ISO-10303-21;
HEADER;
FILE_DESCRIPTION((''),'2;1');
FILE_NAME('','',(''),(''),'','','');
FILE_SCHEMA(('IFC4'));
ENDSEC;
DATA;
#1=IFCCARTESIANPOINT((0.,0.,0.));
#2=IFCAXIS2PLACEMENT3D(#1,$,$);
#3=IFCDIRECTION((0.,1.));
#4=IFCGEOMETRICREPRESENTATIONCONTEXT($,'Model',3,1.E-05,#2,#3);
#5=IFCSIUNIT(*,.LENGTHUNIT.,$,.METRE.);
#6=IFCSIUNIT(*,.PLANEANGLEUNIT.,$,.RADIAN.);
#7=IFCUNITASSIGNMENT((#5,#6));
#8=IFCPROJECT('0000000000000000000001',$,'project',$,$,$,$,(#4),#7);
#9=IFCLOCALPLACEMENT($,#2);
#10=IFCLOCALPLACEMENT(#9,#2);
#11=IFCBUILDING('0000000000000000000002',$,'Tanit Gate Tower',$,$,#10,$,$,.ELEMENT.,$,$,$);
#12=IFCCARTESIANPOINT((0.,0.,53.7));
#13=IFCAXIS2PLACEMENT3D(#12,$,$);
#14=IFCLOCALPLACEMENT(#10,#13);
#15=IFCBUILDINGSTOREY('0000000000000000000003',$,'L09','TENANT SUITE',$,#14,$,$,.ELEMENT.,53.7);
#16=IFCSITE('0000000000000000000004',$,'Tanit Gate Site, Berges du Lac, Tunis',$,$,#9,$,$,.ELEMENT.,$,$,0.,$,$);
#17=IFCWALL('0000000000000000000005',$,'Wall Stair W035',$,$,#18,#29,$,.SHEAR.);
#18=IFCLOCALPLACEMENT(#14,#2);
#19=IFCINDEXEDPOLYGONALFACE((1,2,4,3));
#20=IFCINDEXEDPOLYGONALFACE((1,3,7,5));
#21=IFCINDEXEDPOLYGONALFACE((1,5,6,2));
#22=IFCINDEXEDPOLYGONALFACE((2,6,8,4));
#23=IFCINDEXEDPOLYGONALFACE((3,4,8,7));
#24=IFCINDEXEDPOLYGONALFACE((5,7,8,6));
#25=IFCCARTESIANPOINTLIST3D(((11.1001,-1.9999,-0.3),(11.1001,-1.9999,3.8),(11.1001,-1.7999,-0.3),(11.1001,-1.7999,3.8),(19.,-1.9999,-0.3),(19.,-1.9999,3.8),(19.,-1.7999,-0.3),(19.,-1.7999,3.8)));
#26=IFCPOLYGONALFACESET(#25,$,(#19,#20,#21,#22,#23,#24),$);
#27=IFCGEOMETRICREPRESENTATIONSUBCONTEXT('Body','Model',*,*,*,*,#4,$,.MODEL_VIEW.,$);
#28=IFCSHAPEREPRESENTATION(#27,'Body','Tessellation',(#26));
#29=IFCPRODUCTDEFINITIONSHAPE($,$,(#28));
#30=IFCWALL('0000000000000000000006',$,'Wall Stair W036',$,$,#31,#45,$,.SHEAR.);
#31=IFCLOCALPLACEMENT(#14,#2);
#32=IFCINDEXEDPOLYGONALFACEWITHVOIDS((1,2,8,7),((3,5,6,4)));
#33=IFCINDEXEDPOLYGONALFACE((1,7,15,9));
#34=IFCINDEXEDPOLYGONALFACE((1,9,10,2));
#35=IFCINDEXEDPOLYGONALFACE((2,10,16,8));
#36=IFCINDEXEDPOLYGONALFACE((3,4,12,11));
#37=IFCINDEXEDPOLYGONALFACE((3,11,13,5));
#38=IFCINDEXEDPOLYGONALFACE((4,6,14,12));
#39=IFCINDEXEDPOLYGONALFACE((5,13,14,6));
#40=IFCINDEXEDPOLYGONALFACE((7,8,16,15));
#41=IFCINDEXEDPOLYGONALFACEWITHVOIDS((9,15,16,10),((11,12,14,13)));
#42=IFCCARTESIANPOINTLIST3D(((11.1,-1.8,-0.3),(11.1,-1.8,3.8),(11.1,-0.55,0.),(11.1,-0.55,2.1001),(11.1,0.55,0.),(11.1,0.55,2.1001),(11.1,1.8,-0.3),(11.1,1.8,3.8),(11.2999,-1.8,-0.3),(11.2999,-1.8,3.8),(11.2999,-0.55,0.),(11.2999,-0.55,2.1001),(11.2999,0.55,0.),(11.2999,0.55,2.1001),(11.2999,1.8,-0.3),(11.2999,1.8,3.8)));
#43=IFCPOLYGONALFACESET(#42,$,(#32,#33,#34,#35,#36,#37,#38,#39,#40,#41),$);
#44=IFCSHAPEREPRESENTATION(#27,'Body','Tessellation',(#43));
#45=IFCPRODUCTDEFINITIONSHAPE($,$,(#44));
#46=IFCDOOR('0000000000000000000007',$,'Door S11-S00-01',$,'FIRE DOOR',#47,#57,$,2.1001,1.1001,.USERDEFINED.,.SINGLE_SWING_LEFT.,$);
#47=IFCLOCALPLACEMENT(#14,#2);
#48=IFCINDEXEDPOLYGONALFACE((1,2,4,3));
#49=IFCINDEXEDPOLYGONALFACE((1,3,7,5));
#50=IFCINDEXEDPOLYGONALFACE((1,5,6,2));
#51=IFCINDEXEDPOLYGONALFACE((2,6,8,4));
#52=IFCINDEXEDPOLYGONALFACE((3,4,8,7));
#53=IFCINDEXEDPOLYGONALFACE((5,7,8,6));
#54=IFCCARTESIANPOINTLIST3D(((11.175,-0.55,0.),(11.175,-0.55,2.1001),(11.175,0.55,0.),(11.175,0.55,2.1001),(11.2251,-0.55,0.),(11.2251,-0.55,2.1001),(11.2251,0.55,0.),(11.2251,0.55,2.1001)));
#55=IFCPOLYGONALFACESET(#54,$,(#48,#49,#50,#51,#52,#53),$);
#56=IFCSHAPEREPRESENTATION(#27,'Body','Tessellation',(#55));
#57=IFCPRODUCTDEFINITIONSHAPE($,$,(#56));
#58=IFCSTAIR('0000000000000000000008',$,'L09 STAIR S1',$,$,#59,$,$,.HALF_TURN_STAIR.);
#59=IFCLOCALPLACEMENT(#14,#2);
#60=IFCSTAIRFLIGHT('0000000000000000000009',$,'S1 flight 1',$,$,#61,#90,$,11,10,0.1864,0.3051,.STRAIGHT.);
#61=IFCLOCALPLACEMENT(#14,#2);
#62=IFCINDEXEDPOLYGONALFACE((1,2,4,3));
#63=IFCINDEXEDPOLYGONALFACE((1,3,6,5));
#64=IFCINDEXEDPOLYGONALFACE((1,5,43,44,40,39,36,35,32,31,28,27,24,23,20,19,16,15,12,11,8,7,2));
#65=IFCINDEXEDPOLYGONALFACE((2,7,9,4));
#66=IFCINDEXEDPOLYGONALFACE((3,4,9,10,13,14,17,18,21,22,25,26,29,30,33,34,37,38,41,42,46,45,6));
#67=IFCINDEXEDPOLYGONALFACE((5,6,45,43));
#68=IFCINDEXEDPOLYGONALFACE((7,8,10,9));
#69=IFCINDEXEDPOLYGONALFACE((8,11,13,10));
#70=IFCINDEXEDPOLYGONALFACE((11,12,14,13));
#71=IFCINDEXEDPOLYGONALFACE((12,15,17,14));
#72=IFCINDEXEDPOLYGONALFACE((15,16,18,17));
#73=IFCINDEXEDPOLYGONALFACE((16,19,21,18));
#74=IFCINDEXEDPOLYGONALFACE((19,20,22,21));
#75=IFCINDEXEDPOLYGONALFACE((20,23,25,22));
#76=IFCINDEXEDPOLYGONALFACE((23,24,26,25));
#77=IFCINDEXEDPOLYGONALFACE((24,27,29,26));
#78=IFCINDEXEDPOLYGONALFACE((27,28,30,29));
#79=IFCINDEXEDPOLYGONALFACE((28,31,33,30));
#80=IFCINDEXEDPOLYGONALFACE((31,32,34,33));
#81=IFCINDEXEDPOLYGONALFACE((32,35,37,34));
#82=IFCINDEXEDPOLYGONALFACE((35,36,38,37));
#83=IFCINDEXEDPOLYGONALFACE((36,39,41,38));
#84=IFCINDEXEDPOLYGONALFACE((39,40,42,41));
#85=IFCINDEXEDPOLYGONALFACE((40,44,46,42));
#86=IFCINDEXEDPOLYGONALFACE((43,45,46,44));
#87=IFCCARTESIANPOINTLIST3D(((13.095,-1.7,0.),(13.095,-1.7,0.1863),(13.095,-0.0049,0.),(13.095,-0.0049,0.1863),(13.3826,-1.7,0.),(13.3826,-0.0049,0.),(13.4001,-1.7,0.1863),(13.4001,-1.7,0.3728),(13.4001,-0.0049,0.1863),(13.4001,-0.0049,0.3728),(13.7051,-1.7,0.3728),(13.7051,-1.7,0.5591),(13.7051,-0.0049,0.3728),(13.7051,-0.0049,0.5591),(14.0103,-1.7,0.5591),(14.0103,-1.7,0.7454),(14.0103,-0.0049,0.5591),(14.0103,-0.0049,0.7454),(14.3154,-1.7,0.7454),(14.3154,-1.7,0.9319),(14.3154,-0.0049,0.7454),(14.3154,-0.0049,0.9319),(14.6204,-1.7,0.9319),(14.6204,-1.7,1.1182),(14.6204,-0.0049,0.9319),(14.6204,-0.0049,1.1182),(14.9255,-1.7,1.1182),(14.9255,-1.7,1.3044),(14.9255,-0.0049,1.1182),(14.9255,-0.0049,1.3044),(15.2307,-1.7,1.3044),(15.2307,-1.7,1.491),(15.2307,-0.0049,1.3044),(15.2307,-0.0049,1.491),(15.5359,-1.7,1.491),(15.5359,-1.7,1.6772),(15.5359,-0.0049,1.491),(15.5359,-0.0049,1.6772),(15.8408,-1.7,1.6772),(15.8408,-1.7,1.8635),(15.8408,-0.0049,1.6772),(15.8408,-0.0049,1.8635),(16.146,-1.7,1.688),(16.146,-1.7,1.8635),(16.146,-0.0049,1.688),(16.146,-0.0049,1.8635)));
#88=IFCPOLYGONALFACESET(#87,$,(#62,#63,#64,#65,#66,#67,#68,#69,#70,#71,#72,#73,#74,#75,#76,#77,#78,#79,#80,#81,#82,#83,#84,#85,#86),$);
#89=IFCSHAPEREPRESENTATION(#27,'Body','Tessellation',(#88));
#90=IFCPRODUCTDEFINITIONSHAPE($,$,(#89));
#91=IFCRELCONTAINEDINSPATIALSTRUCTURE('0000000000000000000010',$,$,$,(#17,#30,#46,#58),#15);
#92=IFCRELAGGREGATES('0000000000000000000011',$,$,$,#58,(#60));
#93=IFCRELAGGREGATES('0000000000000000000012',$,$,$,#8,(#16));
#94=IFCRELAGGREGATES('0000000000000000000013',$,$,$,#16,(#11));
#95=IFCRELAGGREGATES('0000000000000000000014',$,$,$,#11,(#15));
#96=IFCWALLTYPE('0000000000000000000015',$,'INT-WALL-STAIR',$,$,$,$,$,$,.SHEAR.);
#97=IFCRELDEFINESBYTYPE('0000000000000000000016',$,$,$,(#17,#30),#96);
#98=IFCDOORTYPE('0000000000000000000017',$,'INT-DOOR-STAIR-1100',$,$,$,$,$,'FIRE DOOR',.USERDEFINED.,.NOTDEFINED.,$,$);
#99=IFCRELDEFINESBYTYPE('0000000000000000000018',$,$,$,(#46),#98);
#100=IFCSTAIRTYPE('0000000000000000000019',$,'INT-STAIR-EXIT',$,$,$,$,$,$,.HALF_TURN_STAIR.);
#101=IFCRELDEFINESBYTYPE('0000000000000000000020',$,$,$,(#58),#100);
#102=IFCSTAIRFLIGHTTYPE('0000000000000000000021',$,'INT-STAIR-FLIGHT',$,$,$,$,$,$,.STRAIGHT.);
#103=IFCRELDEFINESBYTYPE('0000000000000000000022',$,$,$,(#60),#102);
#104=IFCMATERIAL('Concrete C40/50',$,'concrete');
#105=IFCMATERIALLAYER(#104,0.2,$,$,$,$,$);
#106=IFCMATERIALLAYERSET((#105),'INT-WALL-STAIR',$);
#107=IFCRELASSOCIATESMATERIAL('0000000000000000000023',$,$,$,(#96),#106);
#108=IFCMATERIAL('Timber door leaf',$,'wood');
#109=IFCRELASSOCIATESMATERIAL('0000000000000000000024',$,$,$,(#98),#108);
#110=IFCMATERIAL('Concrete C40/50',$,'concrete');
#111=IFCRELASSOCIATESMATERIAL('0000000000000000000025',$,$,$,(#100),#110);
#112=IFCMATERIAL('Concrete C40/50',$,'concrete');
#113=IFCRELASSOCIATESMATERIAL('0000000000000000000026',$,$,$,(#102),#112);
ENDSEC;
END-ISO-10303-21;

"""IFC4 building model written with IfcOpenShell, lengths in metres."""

from ifc_helpers import new_model, si_unit, direction, frame, frame_2d, origin, place, context, subcontext, project, spatial, polyline, rectangle, outline, extrude, material, layer, layer_set, type_object, element, fill, aggregate, save


model = new_model("IFC4")

# Units and contexts
model_context = context("Model", 3, precision=1e-05, world=origin(), true_north=direction((0.0, 1.0)))
body_context = subcontext(model_context, "Body", "Model", "MODEL_VIEW")
ifc_project = project(units=[si_unit("LENGTHUNIT", "METRE"), si_unit("PLANEANGLEUNIT", "RADIAN")], contexts=[model_context])

# Site, building, storey
site_placement = place(None, origin())
site = spatial("IfcSite", under=ifc_project, at=site_placement, Name="Tanit Gate Site, Berges du Lac, Tunis", CompositionType="ELEMENT", RefElevation=0.0)
building_placement = place(site_placement, origin())
building = spatial("IfcBuilding", under=site, at=building_placement, Name="Tanit Gate Tower", CompositionType="ELEMENT")
storey_placement = place(building_placement, frame((0.0, 0.0, 53.7)))
storey = spatial("IfcBuildingStorey", under=building, at=storey_placement, Name="L09", Description="TENANT SUITE", CompositionType="ELEMENT", Elevation=53.7)

# Wall
ifc_material_1 = material(Name="Concrete C40/50", Category="concrete")
ifc_layer_1 = layer(ifc_material_1, 0.2)
ifc_layer_set_1 = layer_set([ifc_layer_1], Name="INT-WALL-STAIR")
wall_type_1 = type_object("IfcWallType", Name="INT-WALL-STAIR", PredefinedType="SHEAR", material=ifc_layer_set_1)
wall_1_placement = place(storey_placement, frame((11.1001, -1.8999, -0.3), z_axis=(0.0, 0.0, 1.0), x_axis=(1.0, 0.0, 0.0)))
element("IfcWall", 1, at=wall_1_placement, inside=storey, type_object=wall_type_1, Name="Wall Stair W035", PredefinedType="SHEAR", context=body_context, shape_type="SweptSolid", body=[
    extrude(rectangle(XDim=7.8999, YDim=0.2, at=frame_2d((3.95, 0.0))), origin(), (0.0, 0.0, 1.0), 4.1001),
])

# Wall, opening, door
wall_2_placement = place(storey_placement, frame((11.2, -1.8, -0.3), z_axis=(0.0, 0.0, 1.0), x_axis=(0.0, 1.0, 0.0)))
wall_2 = element("IfcWall", 2, at=wall_2_placement, inside=storey, type_object=wall_type_1, Name="Wall Stair W036", PredefinedType="SHEAR", context=body_context, shape_type="SweptSolid", body=[
    extrude(rectangle(XDim=3.6001, YDim=0.2, at=frame_2d((1.8, 0.0))), origin(), (0.0, 0.0, 1.0), 4.1001),
])
opening_1_placement = place(wall_2_placement, frame((1.25, 0.0, 0.3)))
opening_1 = element("IfcOpeningElement", 3, at=opening_1_placement, cuts=wall_2, PredefinedType="OPENING", context=body_context, shape_type="SweptSolid", body=[
    extrude(rectangle(XDim=1.1001, YDim=2.1001, at=frame_2d((0.55, 1.05))), frame((0.0, 0.1099, 0.0), z_axis=(0.0, -1.0, 0.0), x_axis=(1.0, 0.0, 0.0)), (0.0, 0.0, 1.0), 0.22),
])
ifc_material_2 = material(Name="Timber door leaf", Category="wood")
door_type_1 = type_object("IfcDoorType", Name="INT-DOOR-STAIR-1100", ElementType="FIRE DOOR", OperationType="NOTDEFINED", PredefinedType="USERDEFINED", material=ifc_material_2)
door_1_placement = place(opening_1_placement, origin())
door_1 = element("IfcDoor", 4, at=door_1_placement, inside=storey, type_object=door_type_1, Name="Door S11-S00-01", ObjectType="FIRE DOOR", OperationType="SINGLE_SWING_LEFT", OverallHeight=2.1001, OverallWidth=1.1001, PredefinedType="USERDEFINED", context=body_context, shape_type="SweptSolid", body=[
    extrude(rectangle(XDim=1.1001, YDim=2.1001, at=frame_2d((0.55, 1.05))), frame((0.0, 0.0249, 0.0), z_axis=(0.0, -1.0, 0.0), x_axis=(1.0, 0.0, 0.0)), (0.0, 0.0, 1.0), 0.05),
])
fill(opening_1, door_1)

# Stair, stair flight
ifc_material_3 = material(Name="Concrete C40/50", Category="concrete")
stair_type = type_object("IfcStairType", Name="INT-STAIR-EXIT", PredefinedType="HALF_TURN_STAIR", material=ifc_material_3)
stair_placement = place(storey_placement, origin())
stair = element("IfcStair", 5, at=stair_placement, inside=storey, type_object=stair_type, Name="L09 STAIR S1", PredefinedType="HALF_TURN_STAIR")
ifc_material_4 = material(Name="Concrete C40/50", Category="concrete")
stair_flight_type = type_object("IfcStairFlightType", Name="INT-STAIR-FLIGHT", PredefinedType="STRAIGHT", material=ifc_material_4)
stair_flight_placement = place(storey_placement, frame((13.095, -0.8525, 0.0), z_axis=(0.0, 0.0, 1.0), x_axis=(1.0, 0.0, 0.0)))
stair_flight = element("IfcStairFlight", 6, at=stair_flight_placement, type_object=stair_flight_type, Name="S1 flight 1", NumberOfRisers=11, NumberOfTreads=10, PredefinedType="STRAIGHT", RiserHeight=0.1864, TreadLength=0.3051, context=body_context, shape_type="SweptSolid", body=[
    extrude(outline(polyline([(0.0, 0.0), (0.0, 0.1863), (0.3052, 0.1863), (0.3052, 0.3728), (0.6101, 0.3728), (0.6101, 0.5591), (0.9153, 0.5591), (0.9153, 0.7454), (1.2205, 0.7454), (1.2205, 0.9319), (1.5254, 0.9319), (1.5254, 1.1182), (1.8306, 1.1182), (1.8306, 1.3044), (2.1357, 1.3044), (2.1357, 1.491), (2.4409, 1.491), (2.4409, 1.6772), (2.7458, 1.6772), (2.7458, 1.8635), (3.051, 1.8635), (3.051, 2.05), (3.051, 1.688), (0.2876, 0.0), (0.0, 0.0)])), frame((0.0, 0.8477, 0.0), z_axis=(0.0, -1.0, 0.0), x_axis=(1.0, 0.0, 0.0)), (0.0, 0.0, 1.0), 1.6951),
])
aggregate(stair, [stair_flight])

save(model, "model.ifc")
